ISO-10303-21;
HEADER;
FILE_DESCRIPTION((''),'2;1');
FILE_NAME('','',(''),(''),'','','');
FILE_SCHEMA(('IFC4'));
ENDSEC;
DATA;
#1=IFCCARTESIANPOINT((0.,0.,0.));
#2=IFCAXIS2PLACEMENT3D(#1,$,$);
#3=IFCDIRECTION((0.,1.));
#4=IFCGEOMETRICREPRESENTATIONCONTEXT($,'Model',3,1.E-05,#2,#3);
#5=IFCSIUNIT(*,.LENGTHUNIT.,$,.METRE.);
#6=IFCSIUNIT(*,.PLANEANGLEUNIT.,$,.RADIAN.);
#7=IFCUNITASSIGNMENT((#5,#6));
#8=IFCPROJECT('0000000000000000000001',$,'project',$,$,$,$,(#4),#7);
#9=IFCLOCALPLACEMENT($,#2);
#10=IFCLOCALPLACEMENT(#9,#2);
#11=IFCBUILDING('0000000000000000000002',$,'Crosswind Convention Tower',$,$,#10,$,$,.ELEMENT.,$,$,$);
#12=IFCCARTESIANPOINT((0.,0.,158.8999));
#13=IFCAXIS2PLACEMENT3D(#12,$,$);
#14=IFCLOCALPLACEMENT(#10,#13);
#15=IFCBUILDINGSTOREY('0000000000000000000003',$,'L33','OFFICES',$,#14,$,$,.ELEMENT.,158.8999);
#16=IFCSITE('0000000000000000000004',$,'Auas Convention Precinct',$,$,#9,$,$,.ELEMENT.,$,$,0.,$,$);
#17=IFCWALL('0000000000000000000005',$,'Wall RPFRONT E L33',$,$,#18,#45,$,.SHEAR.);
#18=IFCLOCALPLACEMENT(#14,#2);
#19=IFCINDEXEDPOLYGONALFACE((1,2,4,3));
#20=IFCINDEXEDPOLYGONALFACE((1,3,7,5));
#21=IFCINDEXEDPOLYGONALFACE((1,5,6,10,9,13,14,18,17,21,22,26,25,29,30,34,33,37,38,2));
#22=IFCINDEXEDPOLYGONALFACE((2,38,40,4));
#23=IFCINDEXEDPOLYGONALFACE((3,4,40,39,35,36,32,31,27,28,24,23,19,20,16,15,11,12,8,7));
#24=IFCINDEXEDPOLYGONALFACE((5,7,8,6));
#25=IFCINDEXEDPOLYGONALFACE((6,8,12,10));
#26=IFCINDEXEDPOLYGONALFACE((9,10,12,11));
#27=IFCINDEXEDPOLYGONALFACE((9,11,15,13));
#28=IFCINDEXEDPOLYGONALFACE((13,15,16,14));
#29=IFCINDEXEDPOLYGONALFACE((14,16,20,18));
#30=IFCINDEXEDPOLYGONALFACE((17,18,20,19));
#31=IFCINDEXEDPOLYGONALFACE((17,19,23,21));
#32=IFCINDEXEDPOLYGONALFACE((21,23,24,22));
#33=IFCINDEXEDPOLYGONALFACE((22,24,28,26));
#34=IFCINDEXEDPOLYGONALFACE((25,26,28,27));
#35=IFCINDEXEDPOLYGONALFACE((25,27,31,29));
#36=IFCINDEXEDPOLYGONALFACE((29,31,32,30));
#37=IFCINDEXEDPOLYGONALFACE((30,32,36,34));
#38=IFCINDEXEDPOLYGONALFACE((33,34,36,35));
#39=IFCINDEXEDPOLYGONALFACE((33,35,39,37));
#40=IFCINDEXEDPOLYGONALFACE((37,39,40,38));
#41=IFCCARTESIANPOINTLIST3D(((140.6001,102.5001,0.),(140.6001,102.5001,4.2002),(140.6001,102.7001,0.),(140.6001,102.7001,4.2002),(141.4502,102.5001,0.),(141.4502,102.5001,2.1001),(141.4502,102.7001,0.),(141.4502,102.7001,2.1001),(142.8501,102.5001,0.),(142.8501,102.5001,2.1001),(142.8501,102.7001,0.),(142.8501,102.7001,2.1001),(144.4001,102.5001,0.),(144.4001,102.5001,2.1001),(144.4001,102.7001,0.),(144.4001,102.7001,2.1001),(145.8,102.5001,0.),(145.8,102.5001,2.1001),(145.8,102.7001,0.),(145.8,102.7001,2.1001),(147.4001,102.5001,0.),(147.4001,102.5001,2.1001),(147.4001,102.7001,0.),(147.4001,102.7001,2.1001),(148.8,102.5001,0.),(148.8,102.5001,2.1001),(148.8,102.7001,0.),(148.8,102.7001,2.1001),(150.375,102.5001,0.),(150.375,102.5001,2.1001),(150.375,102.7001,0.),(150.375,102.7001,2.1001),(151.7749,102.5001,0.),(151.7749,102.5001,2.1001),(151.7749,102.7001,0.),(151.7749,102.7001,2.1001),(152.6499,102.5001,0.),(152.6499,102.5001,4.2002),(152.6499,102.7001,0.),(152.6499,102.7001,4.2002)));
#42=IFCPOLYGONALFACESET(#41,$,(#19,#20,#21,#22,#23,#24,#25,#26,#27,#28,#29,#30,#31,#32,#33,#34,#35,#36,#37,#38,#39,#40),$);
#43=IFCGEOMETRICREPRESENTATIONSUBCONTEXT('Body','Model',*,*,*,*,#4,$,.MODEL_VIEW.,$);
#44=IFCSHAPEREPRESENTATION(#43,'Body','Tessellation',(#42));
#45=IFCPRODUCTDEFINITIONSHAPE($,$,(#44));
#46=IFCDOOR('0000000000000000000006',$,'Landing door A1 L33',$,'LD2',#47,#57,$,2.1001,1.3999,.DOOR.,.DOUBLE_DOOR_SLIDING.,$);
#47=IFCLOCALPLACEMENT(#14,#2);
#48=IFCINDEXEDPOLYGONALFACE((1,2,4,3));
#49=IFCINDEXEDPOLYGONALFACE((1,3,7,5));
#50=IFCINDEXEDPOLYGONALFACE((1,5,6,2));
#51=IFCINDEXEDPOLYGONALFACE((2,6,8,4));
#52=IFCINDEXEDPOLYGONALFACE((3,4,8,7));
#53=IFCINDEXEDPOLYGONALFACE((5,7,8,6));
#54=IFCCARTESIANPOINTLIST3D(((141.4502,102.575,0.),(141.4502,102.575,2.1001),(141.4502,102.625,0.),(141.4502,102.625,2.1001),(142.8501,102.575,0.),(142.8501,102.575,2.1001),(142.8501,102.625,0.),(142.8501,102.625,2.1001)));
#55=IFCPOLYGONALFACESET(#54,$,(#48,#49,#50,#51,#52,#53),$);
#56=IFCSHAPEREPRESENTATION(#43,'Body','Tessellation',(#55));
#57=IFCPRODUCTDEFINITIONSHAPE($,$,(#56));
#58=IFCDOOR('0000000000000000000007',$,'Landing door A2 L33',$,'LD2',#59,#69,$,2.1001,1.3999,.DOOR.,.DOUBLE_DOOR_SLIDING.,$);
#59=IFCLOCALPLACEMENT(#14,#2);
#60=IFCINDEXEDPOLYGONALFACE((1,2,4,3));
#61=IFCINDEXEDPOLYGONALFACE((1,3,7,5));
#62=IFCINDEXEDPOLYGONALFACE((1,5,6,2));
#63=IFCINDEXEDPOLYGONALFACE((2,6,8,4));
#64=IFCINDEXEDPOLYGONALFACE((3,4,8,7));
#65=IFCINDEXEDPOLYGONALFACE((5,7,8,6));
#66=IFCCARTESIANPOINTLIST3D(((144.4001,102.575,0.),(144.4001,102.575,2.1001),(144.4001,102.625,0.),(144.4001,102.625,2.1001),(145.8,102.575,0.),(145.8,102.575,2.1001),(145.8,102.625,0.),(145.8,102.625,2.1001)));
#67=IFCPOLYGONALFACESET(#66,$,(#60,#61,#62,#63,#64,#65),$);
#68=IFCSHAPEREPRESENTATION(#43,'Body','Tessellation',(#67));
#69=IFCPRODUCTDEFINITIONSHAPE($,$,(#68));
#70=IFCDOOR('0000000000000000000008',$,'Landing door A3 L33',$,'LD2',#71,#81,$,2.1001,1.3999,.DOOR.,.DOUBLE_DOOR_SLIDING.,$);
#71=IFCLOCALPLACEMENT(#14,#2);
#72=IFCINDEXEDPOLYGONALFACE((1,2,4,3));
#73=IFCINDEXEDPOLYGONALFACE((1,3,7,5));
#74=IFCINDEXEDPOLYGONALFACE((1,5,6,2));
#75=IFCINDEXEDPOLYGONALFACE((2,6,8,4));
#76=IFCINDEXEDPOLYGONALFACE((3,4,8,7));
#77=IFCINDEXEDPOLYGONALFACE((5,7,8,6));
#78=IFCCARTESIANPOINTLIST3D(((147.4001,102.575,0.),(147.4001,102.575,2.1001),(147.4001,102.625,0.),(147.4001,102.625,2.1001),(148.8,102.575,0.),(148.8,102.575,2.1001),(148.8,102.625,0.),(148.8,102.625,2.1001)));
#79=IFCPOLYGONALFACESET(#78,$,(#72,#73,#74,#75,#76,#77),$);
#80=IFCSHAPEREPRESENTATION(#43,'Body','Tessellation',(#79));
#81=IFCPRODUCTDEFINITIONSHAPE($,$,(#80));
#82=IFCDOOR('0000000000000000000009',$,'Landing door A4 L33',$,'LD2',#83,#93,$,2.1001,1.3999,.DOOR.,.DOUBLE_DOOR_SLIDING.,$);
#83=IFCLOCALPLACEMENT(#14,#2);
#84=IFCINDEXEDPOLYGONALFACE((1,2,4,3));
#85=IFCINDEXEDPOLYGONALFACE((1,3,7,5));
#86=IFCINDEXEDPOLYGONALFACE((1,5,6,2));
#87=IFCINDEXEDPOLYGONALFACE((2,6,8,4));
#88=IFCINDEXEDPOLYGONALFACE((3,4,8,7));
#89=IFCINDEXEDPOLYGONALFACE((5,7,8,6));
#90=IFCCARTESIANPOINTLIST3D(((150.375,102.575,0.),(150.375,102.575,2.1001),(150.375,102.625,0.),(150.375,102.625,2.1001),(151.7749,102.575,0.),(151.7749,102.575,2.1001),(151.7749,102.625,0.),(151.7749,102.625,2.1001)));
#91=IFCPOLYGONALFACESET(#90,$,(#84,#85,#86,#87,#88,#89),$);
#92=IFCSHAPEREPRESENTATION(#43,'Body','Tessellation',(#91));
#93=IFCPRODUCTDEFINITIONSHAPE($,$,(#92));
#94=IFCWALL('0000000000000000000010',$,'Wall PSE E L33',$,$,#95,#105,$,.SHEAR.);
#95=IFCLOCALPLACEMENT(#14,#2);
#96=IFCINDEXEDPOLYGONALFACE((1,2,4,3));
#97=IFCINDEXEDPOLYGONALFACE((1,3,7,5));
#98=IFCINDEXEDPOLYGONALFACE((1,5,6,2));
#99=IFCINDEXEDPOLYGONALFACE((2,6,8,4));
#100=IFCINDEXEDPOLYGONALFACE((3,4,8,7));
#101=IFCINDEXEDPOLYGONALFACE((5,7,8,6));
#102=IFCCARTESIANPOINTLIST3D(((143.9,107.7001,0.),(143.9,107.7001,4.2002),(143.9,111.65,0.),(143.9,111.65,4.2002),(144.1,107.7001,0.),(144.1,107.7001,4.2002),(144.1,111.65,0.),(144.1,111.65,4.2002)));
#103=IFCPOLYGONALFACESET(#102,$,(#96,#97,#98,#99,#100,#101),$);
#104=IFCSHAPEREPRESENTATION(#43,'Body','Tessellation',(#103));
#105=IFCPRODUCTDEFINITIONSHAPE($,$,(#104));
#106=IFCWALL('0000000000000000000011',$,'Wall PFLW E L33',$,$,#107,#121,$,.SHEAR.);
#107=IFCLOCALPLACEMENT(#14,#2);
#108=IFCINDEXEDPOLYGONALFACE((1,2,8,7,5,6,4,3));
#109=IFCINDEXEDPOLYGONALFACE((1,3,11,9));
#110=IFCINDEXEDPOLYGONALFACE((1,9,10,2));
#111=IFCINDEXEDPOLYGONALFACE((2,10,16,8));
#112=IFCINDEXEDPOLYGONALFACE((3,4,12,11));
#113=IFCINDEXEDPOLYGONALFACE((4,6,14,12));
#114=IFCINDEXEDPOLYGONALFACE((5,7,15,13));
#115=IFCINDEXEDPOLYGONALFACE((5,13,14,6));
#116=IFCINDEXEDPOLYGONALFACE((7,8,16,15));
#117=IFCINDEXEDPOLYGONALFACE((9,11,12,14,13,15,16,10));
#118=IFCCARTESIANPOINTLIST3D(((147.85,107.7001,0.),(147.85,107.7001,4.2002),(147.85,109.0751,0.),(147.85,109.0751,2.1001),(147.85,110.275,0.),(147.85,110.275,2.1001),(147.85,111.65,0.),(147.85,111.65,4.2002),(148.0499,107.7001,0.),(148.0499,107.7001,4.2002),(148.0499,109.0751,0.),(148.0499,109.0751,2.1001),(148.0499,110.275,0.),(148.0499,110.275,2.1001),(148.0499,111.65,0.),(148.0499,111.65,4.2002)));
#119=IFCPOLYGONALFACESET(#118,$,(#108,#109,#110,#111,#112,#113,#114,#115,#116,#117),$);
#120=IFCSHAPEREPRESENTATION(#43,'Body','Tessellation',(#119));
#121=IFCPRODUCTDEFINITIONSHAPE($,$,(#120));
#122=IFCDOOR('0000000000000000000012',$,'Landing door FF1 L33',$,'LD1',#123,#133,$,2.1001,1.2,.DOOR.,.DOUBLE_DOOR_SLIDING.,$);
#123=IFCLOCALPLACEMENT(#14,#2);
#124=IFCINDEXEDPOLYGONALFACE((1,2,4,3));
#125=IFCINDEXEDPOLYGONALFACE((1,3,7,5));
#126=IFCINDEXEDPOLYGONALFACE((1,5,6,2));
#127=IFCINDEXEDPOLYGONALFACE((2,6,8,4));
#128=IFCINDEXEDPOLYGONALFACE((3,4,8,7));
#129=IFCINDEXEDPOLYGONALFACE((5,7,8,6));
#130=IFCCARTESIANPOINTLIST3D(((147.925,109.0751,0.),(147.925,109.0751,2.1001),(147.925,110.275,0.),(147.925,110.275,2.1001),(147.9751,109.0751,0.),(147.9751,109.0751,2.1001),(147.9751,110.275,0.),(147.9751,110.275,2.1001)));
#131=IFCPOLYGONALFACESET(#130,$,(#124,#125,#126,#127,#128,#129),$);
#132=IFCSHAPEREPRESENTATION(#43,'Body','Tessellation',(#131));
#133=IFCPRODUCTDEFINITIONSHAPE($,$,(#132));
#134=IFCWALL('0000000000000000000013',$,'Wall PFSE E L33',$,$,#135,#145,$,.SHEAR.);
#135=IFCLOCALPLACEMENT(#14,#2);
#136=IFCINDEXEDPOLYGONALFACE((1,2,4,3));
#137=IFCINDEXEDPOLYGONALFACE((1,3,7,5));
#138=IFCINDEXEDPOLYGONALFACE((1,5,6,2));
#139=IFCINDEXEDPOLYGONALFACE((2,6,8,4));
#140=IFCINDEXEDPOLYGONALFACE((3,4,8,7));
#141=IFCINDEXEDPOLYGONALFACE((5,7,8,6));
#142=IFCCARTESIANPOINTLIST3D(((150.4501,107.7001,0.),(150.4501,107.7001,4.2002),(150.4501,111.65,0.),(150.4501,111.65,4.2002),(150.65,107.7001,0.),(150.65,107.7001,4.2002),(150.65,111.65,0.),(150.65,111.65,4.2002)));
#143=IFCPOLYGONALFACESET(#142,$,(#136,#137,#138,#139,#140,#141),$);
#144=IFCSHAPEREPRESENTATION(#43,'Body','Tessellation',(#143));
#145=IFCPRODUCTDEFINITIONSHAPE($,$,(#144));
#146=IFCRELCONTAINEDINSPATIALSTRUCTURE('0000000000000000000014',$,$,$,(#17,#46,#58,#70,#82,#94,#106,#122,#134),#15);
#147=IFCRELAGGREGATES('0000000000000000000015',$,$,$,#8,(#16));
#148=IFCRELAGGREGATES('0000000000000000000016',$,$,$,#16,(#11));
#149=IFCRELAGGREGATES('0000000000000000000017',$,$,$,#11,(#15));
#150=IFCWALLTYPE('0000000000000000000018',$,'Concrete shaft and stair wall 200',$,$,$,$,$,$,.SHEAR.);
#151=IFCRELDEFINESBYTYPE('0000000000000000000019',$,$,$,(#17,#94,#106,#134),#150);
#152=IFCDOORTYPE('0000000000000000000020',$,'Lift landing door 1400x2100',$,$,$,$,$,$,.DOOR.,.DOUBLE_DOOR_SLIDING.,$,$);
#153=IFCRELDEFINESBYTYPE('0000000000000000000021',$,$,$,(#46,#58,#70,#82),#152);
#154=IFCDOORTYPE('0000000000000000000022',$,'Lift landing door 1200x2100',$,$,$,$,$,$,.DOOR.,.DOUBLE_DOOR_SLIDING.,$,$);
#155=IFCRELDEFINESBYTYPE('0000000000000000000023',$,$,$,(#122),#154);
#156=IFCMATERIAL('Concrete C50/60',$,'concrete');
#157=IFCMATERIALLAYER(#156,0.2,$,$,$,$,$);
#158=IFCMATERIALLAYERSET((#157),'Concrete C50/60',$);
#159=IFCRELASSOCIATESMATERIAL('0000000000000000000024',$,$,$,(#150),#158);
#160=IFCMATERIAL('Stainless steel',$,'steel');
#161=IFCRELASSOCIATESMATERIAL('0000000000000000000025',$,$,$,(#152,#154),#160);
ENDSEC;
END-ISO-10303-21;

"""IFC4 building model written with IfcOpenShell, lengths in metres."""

from ifc_helpers import new_model, si_unit, direction, frame, frame_2d, origin, place, context, subcontext, project, spatial, rectangle, extrude, material, layer, layer_set, type_object, element, fill, save


model = new_model("IFC4")

# Units and contexts
model_context = context("Model", 3, precision=1e-05, world=origin(), true_north=direction((0.0, 1.0)))
body_context = subcontext(model_context, "Body", "Model", "MODEL_VIEW")
ifc_project = project(units=[si_unit("LENGTHUNIT", "METRE"), si_unit("PLANEANGLEUNIT", "RADIAN")], contexts=[model_context])

# Site, building, storey
site_placement = place(None, origin())
site = spatial("IfcSite", under=ifc_project, at=site_placement, Name="Auas Convention Precinct", CompositionType="ELEMENT", RefElevation=0.0)
building_placement = place(site_placement, origin())
building = spatial("IfcBuilding", under=site, at=building_placement, Name="Crosswind Convention Tower", CompositionType="ELEMENT")
storey_placement = place(building_placement, frame((0.0, 0.0, 158.8999)))
storey = spatial("IfcBuildingStorey", under=building, at=storey_placement, Name="L33", Description="OFFICES", CompositionType="ELEMENT", Elevation=158.8999)

# Shared definitions
ifc_material_1 = material(Name="Concrete C50/60", Category="concrete")
ifc_layer_1 = layer(ifc_material_1, 0.2)
ifc_layer_set_1 = layer_set([ifc_layer_1], Name="Concrete C50/60")
wall_type_1 = type_object("IfcWallType", Name="Concrete shaft and stair wall 200", PredefinedType="SHEAR", material=ifc_layer_set_1)

# Wall, openings, doors
wall_1_placement = place(storey_placement, frame((140.6001, 102.6001, 0.0), z_axis=(0.0, 0.0, 1.0), x_axis=(1.0, 0.0, 0.0)))
wall_1 = element("IfcWall", 1, at=wall_1_placement, inside=storey, type_object=wall_type_1, Name="Wall RPFRONT E L33", PredefinedType="SHEAR", context=body_context, shape_type="SweptSolid", body=[
    extrude(rectangle(XDim=12.0498, YDim=0.2, at=frame_2d((6.0249, 0.0))), origin(), (0.0, 0.0, 1.0), 4.2002),
])
opening_1_placement = place(wall_1_placement, frame((0.8501, 0.0, 0.0)))
opening_1 = element("IfcOpeningElement", 2, at=opening_1_placement, cuts=wall_1, PredefinedType="OPENING", context=body_context, shape_type="SweptSolid", body=[
    extrude(rectangle(XDim=1.3999, YDim=2.1001, at=frame_2d((0.7, 1.05))), frame((0.0, 0.1099, 0.0), z_axis=(0.0, -1.0, 0.0), x_axis=(1.0, 0.0, 0.0)), (0.0, 0.0, 1.0), 0.22),
])
opening_2_placement = place(wall_1_placement, frame((3.8, 0.0, 0.0)))
opening_2 = element("IfcOpeningElement", 3, at=opening_2_placement, cuts=wall_1, PredefinedType="OPENING", context=body_context, shape_type="SweptSolid", body=[
    extrude(rectangle(XDim=1.3999, YDim=2.1001, at=frame_2d((0.7, 1.05))), frame((0.0, 0.1099, 0.0), z_axis=(0.0, -1.0, 0.0), x_axis=(1.0, 0.0, 0.0)), (0.0, 0.0, 1.0), 0.22),
])
opening_3_placement = place(wall_1_placement, frame((6.8, 0.0, 0.0)))
opening_3 = element("IfcOpeningElement", 4, at=opening_3_placement, cuts=wall_1, PredefinedType="OPENING", context=body_context, shape_type="SweptSolid", body=[
    extrude(rectangle(XDim=1.3999, YDim=2.1001, at=frame_2d((0.7, 1.05))), frame((0.0, 0.1099, 0.0), z_axis=(0.0, -1.0, 0.0), x_axis=(1.0, 0.0, 0.0)), (0.0, 0.0, 1.0), 0.22),
])
opening_4_placement = place(wall_1_placement, frame((9.7749, 0.0, 0.0)))
opening_4 = element("IfcOpeningElement", 5, at=opening_4_placement, cuts=wall_1, PredefinedType="OPENING", context=body_context, shape_type="SweptSolid", body=[
    extrude(rectangle(XDim=1.3999, YDim=2.1001, at=frame_2d((0.7, 1.05))), frame((0.0, 0.1099, 0.0), z_axis=(0.0, -1.0, 0.0), x_axis=(1.0, 0.0, 0.0)), (0.0, 0.0, 1.0), 0.22),
])
ifc_material_2 = material(Name="Stainless steel", Category="steel")
door_type_1 = type_object("IfcDoorType", Name="Lift landing door 1400x2100", OperationType="DOUBLE_DOOR_SLIDING", PredefinedType="DOOR", material=ifc_material_2)
door_1_placement = place(opening_1_placement, origin())
door_1 = element("IfcDoor", 6, at=door_1_placement, inside=storey, type_object=door_type_1, Name="Landing door A1 L33", ObjectType="LD2", OperationType="DOUBLE_DOOR_SLIDING", OverallHeight=2.1001, OverallWidth=1.3999, PredefinedType="DOOR", context=body_context, shape_type="SweptSolid", body=[
    extrude(rectangle(XDim=1.3999, YDim=2.1001, at=frame_2d((0.7, 1.05))), frame((0.0, 0.0249, 0.0), z_axis=(0.0, -1.0, 0.0), x_axis=(1.0, 0.0, 0.0)), (0.0, 0.0, 1.0), 0.05),
])
fill(opening_1, door_1)
door_2_placement = place(opening_2_placement, origin())
door_2 = element("IfcDoor", 7, at=door_2_placement, inside=storey, type_object=door_type_1, Name="Landing door A2 L33", ObjectType="LD2", OperationType="DOUBLE_DOOR_SLIDING", OverallHeight=2.1001, OverallWidth=1.3999, PredefinedType="DOOR", context=body_context, shape_type="SweptSolid", body=[
    extrude(rectangle(XDim=1.3999, YDim=2.1001, at=frame_2d((0.7, 1.05))), frame((0.0, 0.0249, 0.0), z_axis=(0.0, -1.0, 0.0), x_axis=(1.0, 0.0, 0.0)), (0.0, 0.0, 1.0), 0.05),
])
fill(opening_2, door_2)
door_3_placement = place(opening_3_placement, origin())
door_3 = element("IfcDoor", 8, at=door_3_placement, inside=storey, type_object=door_type_1, Name="Landing door A3 L33", ObjectType="LD2", OperationType="DOUBLE_DOOR_SLIDING", OverallHeight=2.1001, OverallWidth=1.3999, PredefinedType="DOOR", context=body_context, shape_type="SweptSolid", body=[
    extrude(rectangle(XDim=1.3999, YDim=2.1001, at=frame_2d((0.7, 1.05))), frame((0.0, 0.0249, 0.0), z_axis=(0.0, -1.0, 0.0), x_axis=(1.0, 0.0, 0.0)), (0.0, 0.0, 1.0), 0.05),
])
fill(opening_3, door_3)
door_4_placement = place(opening_4_placement, origin())
door_4 = element("IfcDoor", 9, at=door_4_placement, inside=storey, type_object=door_type_1, Name="Landing door A4 L33", ObjectType="LD2", OperationType="DOUBLE_DOOR_SLIDING", OverallHeight=2.1001, OverallWidth=1.3999, PredefinedType="DOOR", context=body_context, shape_type="SweptSolid", body=[
    extrude(rectangle(XDim=1.3999, YDim=2.1001, at=frame_2d((0.7, 1.05))), frame((0.0, 0.0249, 0.0), z_axis=(0.0, -1.0, 0.0), x_axis=(1.0, 0.0, 0.0)), (0.0, 0.0, 1.0), 0.05),
])
fill(opening_4, door_4)

# Wall
wall_2_placement = place(storey_placement, frame((144.0, 107.7, 0.0), z_axis=(0.0, 0.0, 1.0), x_axis=(0.0, 1.0, 0.0)))
element("IfcWall", 10, at=wall_2_placement, inside=storey, type_object=wall_type_1, Name="Wall PSE E L33", PredefinedType="SHEAR", context=body_context, shape_type="SweptSolid", body=[
    extrude(rectangle(XDim=3.95, YDim=0.2, at=frame_2d((1.9751, 0.0))), origin(), (0.0, 0.0, 1.0), 4.2002),
])

# Wall, opening, door
wall_3_placement = place(storey_placement, frame((147.95, 107.7, 0.0), z_axis=(0.0, 0.0, 1.0), x_axis=(0.0, 1.0, 0.0)))
wall_3 = element("IfcWall", 11, at=wall_3_placement, inside=storey, type_object=wall_type_1, Name="Wall PFLW E L33", PredefinedType="SHEAR", context=body_context, shape_type="SweptSolid", body=[
    extrude(rectangle(XDim=3.95, YDim=0.2, at=frame_2d((1.9751, 0.0))), origin(), (0.0, 0.0, 1.0), 4.2002),
])
opening_5_placement = place(wall_3_placement, frame((1.375, 0.0, 0.0)))
opening_5 = element("IfcOpeningElement", 12, at=opening_5_placement, cuts=wall_3, PredefinedType="OPENING", context=body_context, shape_type="SweptSolid", body=[
    extrude(rectangle(XDim=1.2, YDim=2.1001, at=frame_2d((0.6001, 1.05))), frame((0.0, 0.1099, 0.0), z_axis=(0.0, -1.0, 0.0), x_axis=(1.0, 0.0, 0.0)), (0.0, 0.0, 1.0), 0.22),
])
door_type_2 = type_object("IfcDoorType", Name="Lift landing door 1200x2100", OperationType="DOUBLE_DOOR_SLIDING", PredefinedType="DOOR", material=ifc_material_2)
door_5_placement = place(opening_5_placement, origin())
door_5 = element("IfcDoor", 13, at=door_5_placement, inside=storey, type_object=door_type_2, Name="Landing door FF1 L33", ObjectType="LD1", OperationType="DOUBLE_DOOR_SLIDING", OverallHeight=2.1001, OverallWidth=1.2, PredefinedType="DOOR", context=body_context, shape_type="SweptSolid", body=[
    extrude(rectangle(XDim=1.2, YDim=2.1001, at=frame_2d((0.6001, 1.05))), frame((0.0, 0.0249, 0.0), z_axis=(0.0, -1.0, 0.0), x_axis=(1.0, 0.0, 0.0)), (0.0, 0.0, 1.0), 0.05),
])
fill(opening_5, door_5)

# Wall
wall_4_placement = place(storey_placement, frame((150.55, 107.7, 0.0), z_axis=(0.0, 0.0, 1.0), x_axis=(0.0, 1.0, 0.0)))
element("IfcWall", 14, at=wall_4_placement, inside=storey, type_object=wall_type_1, Name="Wall PFSE E L33", PredefinedType="SHEAR", context=body_context, shape_type="SweptSolid", body=[
    extrude(rectangle(XDim=3.95, YDim=0.2, at=frame_2d((1.9751, 0.0))), origin(), (0.0, 0.0, 1.0), 4.2002),
])

save(model, "model.ifc")
